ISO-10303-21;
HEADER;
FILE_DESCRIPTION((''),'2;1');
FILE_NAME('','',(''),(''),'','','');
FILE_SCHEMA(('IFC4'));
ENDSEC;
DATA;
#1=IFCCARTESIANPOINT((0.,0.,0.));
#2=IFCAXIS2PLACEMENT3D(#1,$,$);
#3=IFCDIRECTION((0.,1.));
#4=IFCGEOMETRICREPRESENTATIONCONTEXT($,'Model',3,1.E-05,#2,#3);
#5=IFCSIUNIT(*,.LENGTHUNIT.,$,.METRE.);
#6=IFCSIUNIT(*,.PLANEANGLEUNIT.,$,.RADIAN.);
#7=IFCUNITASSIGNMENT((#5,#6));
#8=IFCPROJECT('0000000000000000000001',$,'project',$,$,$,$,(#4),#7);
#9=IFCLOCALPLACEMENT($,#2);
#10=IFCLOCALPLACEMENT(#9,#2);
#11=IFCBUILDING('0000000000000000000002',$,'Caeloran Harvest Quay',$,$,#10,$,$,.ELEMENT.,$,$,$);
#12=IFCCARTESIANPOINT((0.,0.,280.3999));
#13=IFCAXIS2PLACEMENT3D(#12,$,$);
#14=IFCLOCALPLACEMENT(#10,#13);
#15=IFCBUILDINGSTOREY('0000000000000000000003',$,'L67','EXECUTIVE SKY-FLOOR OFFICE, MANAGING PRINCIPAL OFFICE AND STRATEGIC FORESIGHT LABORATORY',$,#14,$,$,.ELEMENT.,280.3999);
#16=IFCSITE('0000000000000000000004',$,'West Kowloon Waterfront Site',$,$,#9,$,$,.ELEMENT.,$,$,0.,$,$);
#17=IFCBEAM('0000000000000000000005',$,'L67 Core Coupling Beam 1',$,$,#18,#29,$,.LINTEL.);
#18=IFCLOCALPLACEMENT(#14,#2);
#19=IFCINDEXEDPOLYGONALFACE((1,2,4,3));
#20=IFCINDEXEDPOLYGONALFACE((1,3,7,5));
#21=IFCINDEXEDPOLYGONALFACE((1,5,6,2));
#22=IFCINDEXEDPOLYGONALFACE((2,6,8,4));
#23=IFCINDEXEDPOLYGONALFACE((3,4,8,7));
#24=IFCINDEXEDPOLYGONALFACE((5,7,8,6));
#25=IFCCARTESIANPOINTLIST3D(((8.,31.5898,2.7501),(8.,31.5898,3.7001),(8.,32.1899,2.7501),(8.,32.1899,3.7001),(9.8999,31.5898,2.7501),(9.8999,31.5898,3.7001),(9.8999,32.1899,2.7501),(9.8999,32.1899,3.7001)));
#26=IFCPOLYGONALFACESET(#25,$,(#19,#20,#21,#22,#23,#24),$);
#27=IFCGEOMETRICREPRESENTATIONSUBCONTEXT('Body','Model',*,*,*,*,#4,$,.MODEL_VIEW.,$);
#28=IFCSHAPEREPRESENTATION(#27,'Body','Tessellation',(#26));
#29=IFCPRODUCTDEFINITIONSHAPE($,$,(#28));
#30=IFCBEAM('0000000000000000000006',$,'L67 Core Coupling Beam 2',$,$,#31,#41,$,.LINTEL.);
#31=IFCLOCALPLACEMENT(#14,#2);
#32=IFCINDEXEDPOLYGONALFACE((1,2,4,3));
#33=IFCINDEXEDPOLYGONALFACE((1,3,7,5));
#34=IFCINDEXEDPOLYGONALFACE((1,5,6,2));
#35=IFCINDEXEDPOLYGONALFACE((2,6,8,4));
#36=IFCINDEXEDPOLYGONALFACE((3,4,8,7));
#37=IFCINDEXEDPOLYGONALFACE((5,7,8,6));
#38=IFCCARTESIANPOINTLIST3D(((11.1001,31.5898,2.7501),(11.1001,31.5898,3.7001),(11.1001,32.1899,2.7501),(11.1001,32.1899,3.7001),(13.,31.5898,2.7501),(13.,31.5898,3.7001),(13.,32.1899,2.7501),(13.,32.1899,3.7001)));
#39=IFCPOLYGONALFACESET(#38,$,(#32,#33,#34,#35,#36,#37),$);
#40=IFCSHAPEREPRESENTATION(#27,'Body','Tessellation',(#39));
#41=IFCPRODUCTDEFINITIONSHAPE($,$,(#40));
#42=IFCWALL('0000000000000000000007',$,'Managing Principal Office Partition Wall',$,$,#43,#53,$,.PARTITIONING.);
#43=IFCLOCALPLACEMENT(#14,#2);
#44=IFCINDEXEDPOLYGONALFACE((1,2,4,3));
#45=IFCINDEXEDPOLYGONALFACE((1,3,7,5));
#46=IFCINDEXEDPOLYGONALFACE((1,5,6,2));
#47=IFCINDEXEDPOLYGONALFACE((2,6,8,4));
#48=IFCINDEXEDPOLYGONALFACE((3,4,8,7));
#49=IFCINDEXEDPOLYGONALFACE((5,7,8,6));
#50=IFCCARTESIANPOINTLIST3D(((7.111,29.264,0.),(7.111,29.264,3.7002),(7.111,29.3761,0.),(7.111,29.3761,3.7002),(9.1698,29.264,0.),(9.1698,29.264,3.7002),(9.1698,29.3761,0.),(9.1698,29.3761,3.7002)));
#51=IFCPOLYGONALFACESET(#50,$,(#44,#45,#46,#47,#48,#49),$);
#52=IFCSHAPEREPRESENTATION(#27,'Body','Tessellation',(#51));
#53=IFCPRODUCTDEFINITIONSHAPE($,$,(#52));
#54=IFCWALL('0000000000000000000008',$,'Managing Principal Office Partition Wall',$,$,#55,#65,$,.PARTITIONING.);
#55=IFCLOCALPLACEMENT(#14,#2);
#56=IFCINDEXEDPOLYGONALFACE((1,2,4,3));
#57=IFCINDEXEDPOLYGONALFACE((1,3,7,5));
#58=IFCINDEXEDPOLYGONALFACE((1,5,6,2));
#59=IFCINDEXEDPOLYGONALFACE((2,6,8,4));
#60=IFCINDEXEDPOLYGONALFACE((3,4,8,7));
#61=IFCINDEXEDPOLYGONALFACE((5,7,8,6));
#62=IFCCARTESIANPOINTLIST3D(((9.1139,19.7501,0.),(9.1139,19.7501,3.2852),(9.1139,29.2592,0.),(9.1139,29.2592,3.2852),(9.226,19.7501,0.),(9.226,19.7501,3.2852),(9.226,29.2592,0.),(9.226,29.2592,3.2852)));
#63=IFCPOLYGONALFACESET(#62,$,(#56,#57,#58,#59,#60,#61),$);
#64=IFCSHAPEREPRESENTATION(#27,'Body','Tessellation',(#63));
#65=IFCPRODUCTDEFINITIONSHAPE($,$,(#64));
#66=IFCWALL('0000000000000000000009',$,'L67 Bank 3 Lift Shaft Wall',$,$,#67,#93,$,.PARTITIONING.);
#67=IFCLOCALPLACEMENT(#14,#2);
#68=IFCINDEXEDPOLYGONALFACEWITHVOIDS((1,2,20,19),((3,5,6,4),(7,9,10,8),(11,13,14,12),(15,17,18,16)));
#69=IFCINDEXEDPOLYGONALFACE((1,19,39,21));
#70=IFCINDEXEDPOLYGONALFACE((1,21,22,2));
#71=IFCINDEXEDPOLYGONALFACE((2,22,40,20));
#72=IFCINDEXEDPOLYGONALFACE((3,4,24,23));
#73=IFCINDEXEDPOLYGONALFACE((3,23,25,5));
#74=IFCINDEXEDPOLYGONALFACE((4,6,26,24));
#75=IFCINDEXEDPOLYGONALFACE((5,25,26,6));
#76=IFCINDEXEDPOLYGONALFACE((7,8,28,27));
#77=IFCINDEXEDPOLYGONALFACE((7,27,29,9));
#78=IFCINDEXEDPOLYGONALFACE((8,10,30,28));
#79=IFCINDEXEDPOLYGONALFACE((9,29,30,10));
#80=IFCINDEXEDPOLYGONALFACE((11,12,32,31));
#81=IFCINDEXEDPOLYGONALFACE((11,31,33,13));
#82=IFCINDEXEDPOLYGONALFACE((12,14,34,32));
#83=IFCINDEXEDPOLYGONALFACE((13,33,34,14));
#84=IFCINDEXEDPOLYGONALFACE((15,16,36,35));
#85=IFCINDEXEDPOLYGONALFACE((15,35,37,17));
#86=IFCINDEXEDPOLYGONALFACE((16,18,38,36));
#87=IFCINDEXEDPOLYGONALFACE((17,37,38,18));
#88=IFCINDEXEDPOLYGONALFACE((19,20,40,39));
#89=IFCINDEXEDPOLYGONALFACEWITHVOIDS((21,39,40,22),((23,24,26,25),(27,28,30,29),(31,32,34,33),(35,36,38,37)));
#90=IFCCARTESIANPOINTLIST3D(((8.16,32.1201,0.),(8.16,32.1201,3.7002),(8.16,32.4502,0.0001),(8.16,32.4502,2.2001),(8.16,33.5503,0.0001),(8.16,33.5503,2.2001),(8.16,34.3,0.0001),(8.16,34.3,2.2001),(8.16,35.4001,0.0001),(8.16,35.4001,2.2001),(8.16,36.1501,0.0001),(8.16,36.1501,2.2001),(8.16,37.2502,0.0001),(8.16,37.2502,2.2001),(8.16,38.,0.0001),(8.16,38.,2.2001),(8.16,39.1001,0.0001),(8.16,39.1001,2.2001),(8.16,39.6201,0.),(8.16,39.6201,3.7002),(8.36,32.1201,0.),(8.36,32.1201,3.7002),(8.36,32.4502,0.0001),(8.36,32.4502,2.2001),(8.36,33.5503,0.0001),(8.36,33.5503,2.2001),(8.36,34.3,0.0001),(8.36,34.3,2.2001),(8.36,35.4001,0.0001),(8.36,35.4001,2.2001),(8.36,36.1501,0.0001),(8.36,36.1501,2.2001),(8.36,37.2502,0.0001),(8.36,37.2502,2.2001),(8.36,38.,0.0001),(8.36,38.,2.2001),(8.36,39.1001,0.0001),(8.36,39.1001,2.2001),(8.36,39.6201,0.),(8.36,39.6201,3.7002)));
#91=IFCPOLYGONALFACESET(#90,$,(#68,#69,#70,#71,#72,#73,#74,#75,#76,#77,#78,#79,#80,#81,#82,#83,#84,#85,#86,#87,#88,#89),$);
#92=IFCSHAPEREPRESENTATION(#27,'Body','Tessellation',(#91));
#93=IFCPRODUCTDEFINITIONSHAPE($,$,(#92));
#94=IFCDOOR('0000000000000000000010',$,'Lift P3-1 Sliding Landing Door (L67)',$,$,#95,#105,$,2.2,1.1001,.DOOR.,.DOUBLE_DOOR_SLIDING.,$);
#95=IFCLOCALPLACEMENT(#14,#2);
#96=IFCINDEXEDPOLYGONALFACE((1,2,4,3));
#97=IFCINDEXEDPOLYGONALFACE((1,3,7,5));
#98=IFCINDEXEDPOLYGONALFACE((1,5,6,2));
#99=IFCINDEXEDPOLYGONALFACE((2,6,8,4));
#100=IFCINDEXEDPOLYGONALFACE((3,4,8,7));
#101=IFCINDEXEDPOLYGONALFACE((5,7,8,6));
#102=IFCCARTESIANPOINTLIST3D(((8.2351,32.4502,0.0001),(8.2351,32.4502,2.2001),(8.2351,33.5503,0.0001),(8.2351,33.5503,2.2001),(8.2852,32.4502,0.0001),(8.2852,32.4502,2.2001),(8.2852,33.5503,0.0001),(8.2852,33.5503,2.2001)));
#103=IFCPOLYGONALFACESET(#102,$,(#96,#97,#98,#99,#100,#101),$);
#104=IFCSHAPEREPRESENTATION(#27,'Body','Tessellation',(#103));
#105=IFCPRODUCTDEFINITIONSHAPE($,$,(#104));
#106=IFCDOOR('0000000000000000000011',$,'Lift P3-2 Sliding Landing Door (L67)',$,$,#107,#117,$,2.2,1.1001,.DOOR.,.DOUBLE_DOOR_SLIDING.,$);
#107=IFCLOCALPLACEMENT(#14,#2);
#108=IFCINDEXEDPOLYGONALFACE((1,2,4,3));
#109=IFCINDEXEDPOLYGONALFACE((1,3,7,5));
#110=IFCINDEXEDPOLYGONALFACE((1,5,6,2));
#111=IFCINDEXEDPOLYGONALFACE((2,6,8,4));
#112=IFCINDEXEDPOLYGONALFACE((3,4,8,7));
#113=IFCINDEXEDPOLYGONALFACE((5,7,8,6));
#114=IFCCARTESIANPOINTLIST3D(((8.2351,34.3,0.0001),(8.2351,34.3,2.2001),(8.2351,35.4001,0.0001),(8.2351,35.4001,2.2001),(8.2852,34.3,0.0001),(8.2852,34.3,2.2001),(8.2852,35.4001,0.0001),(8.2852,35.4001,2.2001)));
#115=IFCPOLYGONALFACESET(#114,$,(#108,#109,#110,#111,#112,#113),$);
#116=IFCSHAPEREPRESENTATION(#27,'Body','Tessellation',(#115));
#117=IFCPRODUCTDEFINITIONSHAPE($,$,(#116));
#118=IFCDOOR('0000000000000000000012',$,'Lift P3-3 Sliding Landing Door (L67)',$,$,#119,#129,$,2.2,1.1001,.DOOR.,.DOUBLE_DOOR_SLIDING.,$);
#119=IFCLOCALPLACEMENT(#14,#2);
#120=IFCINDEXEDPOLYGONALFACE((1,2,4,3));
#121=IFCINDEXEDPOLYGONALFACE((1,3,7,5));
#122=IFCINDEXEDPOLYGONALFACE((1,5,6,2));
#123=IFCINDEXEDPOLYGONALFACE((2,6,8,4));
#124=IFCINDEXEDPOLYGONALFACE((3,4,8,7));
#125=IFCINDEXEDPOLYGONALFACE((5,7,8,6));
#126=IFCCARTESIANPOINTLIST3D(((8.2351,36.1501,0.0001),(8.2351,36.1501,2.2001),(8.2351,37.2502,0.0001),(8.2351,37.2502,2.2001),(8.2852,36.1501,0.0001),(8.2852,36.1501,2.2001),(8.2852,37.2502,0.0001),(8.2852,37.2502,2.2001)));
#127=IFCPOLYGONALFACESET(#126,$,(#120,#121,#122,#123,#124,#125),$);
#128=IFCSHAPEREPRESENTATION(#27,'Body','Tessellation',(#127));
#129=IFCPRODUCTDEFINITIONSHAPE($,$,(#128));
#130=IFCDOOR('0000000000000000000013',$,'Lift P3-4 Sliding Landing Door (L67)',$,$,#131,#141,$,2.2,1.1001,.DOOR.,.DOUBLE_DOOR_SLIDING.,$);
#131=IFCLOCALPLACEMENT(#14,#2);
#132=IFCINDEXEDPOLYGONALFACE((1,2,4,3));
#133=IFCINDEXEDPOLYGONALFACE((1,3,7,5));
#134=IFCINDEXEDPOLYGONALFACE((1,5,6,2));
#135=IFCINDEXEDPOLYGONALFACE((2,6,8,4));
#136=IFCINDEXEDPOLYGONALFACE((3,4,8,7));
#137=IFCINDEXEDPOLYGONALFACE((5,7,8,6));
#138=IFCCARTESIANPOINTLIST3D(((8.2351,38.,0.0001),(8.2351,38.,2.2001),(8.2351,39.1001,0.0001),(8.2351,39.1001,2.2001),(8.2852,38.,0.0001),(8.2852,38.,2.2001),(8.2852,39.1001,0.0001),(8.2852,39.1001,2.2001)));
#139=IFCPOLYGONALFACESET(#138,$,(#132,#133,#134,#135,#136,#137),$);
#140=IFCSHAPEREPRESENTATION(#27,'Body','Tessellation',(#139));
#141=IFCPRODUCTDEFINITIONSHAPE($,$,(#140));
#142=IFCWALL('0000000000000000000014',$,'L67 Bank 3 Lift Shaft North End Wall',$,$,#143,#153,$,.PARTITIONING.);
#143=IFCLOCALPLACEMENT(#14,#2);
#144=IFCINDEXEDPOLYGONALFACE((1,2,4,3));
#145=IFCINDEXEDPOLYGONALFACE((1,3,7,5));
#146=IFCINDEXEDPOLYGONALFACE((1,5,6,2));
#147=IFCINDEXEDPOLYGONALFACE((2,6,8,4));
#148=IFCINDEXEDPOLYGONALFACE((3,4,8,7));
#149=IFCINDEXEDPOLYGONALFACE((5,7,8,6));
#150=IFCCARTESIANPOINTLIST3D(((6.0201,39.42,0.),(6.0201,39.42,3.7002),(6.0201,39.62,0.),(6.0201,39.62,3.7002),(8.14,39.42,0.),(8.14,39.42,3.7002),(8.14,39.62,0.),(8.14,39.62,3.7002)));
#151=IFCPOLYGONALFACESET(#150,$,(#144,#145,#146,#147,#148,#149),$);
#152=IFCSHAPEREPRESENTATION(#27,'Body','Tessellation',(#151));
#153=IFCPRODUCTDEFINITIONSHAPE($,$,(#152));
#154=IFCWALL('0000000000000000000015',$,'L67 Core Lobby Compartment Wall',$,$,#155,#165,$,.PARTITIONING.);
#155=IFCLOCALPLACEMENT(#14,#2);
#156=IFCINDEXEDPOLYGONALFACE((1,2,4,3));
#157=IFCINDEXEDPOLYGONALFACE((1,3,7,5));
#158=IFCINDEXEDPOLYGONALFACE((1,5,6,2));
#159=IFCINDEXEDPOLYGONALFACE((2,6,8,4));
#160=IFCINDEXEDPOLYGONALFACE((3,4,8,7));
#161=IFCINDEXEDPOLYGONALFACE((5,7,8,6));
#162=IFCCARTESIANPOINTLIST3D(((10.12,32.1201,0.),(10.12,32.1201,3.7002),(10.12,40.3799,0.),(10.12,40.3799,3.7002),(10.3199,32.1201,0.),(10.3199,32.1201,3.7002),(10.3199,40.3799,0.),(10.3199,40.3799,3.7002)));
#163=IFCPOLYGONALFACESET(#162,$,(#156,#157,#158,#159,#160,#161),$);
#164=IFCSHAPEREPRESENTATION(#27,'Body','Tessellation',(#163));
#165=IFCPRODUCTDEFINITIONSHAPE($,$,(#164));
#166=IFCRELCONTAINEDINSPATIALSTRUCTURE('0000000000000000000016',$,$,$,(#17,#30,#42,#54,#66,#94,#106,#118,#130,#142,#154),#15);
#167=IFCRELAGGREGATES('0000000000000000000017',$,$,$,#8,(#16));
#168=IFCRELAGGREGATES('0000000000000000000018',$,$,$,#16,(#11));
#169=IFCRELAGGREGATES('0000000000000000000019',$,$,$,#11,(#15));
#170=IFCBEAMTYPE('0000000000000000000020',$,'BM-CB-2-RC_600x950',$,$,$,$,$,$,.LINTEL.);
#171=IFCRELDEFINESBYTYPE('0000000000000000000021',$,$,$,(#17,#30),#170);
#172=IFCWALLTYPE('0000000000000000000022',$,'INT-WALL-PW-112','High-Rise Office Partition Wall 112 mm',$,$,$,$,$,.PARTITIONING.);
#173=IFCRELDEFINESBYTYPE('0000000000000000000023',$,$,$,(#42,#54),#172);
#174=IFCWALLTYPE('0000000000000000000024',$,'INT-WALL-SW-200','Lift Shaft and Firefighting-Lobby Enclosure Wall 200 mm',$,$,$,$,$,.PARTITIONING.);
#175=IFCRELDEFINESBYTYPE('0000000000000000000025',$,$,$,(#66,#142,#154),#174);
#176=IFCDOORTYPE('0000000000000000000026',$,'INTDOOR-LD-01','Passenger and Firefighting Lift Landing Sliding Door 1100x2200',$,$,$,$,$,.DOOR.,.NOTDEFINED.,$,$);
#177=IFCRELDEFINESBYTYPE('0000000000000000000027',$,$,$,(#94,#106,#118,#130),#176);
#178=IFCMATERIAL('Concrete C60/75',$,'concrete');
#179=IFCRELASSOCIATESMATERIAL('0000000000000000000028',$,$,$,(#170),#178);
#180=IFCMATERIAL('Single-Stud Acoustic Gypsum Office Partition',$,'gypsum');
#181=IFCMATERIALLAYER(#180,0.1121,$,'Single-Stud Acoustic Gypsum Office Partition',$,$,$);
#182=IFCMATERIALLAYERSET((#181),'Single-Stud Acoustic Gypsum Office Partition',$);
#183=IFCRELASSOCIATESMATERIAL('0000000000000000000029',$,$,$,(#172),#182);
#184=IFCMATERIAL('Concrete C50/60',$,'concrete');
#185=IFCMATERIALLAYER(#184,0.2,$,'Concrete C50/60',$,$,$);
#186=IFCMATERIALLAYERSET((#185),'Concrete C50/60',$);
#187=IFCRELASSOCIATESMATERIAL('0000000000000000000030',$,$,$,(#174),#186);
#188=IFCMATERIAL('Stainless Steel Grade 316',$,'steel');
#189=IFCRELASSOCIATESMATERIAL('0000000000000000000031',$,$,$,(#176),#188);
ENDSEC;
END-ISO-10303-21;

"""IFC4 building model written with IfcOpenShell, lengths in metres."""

from ifc_helpers import new_model, si_unit, direction, frame, frame_2d, origin, origin_2d, place, context, subcontext, project, spatial, rectangle, extrude, material, layer, layer_set, material_profile, profile_set, type_object, element, fill, save


model = new_model("IFC4")

# Units and contexts
model_context = context("Model", 3, precision=1e-05, world=origin(), true_north=direction((0.0, 1.0)))
body_context = subcontext(model_context, "Body", "Model", "MODEL_VIEW")
ifc_project = project(units=[si_unit("LENGTHUNIT", "METRE"), si_unit("PLANEANGLEUNIT", "RADIAN")], contexts=[model_context])

# Site, building, storey
site_placement = place(None, origin())
site = spatial("IfcSite", under=ifc_project, at=site_placement, Name="West Kowloon Waterfront Site", CompositionType="ELEMENT", RefElevation=0.0)
building_placement = place(site_placement, origin())
building = spatial("IfcBuilding", under=site, at=building_placement, Name="Caeloran Harvest Quay", CompositionType="ELEMENT")
storey_placement = place(building_placement, frame((0.0, 0.0, 280.3999)))
storey = spatial("IfcBuildingStorey", under=building, at=storey_placement, Name="L67", Description="EXECUTIVE SKY-FLOOR OFFICE, MANAGING PRINCIPAL OFFICE AND STRATEGIC FORESIGHT LABORATORY", CompositionType="ELEMENT", Elevation=280.3999)

# Beams
ifc_material_1 = material(Name="Concrete C60/75", Category="concrete")
ifc_material_profile = material_profile(ifc_material_1, rectangle(XDim=0.6001, YDim=0.95, at=origin_2d()), Name="RC 600x950")
ifc_profile_set = profile_set([ifc_material_profile], Name="Concrete C60/75")
beam_type = type_object("IfcBeamType", Name="BM-CB-2-RC_600x950", PredefinedType="LINTEL", material=ifc_profile_set)
for number, where, z_axis, x_axis, name in (
    (1, (8.0, 31.8899, 3.2251), (1.0, 0.0, 0.0), (0.0, 1.0, 0.0), "L67 Core Coupling Beam 1"),
    (2, (11.1001, 31.8899, 3.2251), (1.0, 0.0, 0.0), (0.0, 1.0, 0.0), "L67 Core Coupling Beam 2"),
):
    element("IfcBeam", number, at=place(storey_placement, frame(where, z_axis=z_axis, x_axis=x_axis)), inside=storey, type_object=beam_type, Name=name, PredefinedType="LINTEL", context=body_context, shape_type="SweptSolid", body=[
        extrude(rectangle(XDim=0.6001, YDim=0.95, at=origin_2d()), origin(), (0.0, 0.0, 1.0), 1.8999),
    ])

# Walls
ifc_material_2 = material(Name="Single-Stud Acoustic Gypsum Office Partition", Category="gypsum")
ifc_layer_1 = layer(ifc_material_2, 0.1121, Name="Single-Stud Acoustic Gypsum Office Partition")
ifc_layer_set_1 = layer_set([ifc_layer_1], Name="Single-Stud Acoustic Gypsum Office Partition")
wall_type_1 = type_object("IfcWallType", Name="INT-WALL-PW-112", Description="High-Rise Office Partition Wall 112 mm", PredefinedType="PARTITIONING", material=ifc_layer_set_1)
wall_1_placement = place(storey_placement, frame((7.1111, 29.3201, 0.0), z_axis=(0.0, 0.0, 1.0), x_axis=(1.0, 0.0, 0.0)))
element("IfcWall", 3, at=wall_1_placement, inside=storey, type_object=wall_type_1, Name="Managing Principal Office Partition Wall", PredefinedType="PARTITIONING", context=body_context, shape_type="SweptSolid", body=[
    extrude(rectangle(XDim=2.0588, YDim=0.1121, at=frame_2d((1.0293, 0.0))), origin(), (0.0, 0.0, 1.0), 3.7002),
])
wall_2_placement = place(storey_placement, frame((9.1699, 29.259, 0.0), z_axis=(0.0, 0.0, 1.0), x_axis=(0.0, -1.0, 0.0)))
element("IfcWall", 4, at=wall_2_placement, inside=storey, type_object=wall_type_1, Name="Managing Principal Office Partition Wall", PredefinedType="PARTITIONING", context=body_context, shape_type="SweptSolid", body=[
    extrude(rectangle(XDim=9.509, YDim=0.1121, at=frame_2d((4.7544, 0.0))), origin(), (0.0, 0.0, 1.0), 3.2852),
])

# Wall, openings, doors
ifc_material_3 = material(Name="Concrete C50/60", Category="concrete")
ifc_layer_2 = layer(ifc_material_3, 0.2, Name="Concrete C50/60")
ifc_layer_set_2 = layer_set([ifc_layer_2], Name="Concrete C50/60")
wall_type_2 = type_object("IfcWallType", Name="INT-WALL-SW-200", Description="Lift Shaft and Firefighting-Lobby Enclosure Wall 200 mm", PredefinedType="PARTITIONING", material=ifc_layer_set_2)
wall_3_placement = place(storey_placement, frame((8.26, 32.1201, 0.0), z_axis=(0.0, 0.0, 1.0), x_axis=(0.0, 1.0, 0.0)))
wall_3 = element("IfcWall", 5, at=wall_3_placement, inside=storey, type_object=wall_type_2, Name="L67 Bank 3 Lift Shaft Wall", PredefinedType="PARTITIONING", context=body_context, shape_type="SweptSolid", body=[
    extrude(rectangle(XDim=7.5, YDim=0.2, at=frame_2d((3.75, 0.0))), origin(), (0.0, 0.0, 1.0), 3.7002),
])
opening_1_placement = place(wall_3_placement, frame((0.3301, 0.0, 0.0)))
opening_1 = element("IfcOpeningElement", 6, at=opening_1_placement, cuts=wall_3, PredefinedType="OPENING", context=body_context, shape_type="SweptSolid", body=[
    extrude(rectangle(XDim=1.1001, YDim=2.2, at=frame_2d((0.55, 1.1001))), frame((0.0, 0.1099, 0.0), z_axis=(0.0, -1.0, 0.0), x_axis=(1.0, 0.0, 0.0)), (0.0, 0.0, 1.0), 0.22),
])
opening_2_placement = place(wall_3_placement, frame((2.1799, 0.0, 0.0)))
opening_2 = element("IfcOpeningElement", 7, at=opening_2_placement, cuts=wall_3, PredefinedType="OPENING", context=body_context, shape_type="SweptSolid", body=[
    extrude(rectangle(XDim=1.1001, YDim=2.2, at=frame_2d((0.55, 1.1001))), frame((0.0, 0.1099, 0.0), z_axis=(0.0, -1.0, 0.0), x_axis=(1.0, 0.0, 0.0)), (0.0, 0.0, 1.0), 0.22),
])
opening_3_placement = place(wall_3_placement, frame((4.03, 0.0, 0.0)))
opening_3 = element("IfcOpeningElement", 8, at=opening_3_placement, cuts=wall_3, PredefinedType="OPENING", context=body_context, shape_type="SweptSolid", body=[
    extrude(rectangle(XDim=1.1001, YDim=2.2, at=frame_2d((0.55, 1.1001))), frame((0.0, 0.1099, 0.0), z_axis=(0.0, -1.0, 0.0), x_axis=(1.0, 0.0, 0.0)), (0.0, 0.0, 1.0), 0.22),
])
opening_4_placement = place(wall_3_placement, frame((5.8799, 0.0, 0.0)))
opening_4 = element("IfcOpeningElement", 9, at=opening_4_placement, cuts=wall_3, PredefinedType="OPENING", context=body_context, shape_type="SweptSolid", body=[
    extrude(rectangle(XDim=1.1001, YDim=2.2, at=frame_2d((0.55, 1.1001))), frame((0.0, 0.1099, 0.0), z_axis=(0.0, -1.0, 0.0), x_axis=(1.0, 0.0, 0.0)), (0.0, 0.0, 1.0), 0.22),
])
ifc_material_4 = material(Name="Stainless Steel Grade 316", Category="steel")
door_type_1 = type_object("IfcDoorType", Name="INTDOOR-LD-01", Description="Passenger and Firefighting Lift Landing Sliding Door 1100x2200", OperationType="NOTDEFINED", PredefinedType="DOOR", material=ifc_material_4)
door_1_placement = place(opening_1_placement, origin())
door_1 = element("IfcDoor", 10, at=door_1_placement, inside=storey, type_object=door_type_1, Name="Lift P3-1 Sliding Landing Door (L67)", OperationType="DOUBLE_DOOR_SLIDING", OverallHeight=2.2, OverallWidth=1.1001, PredefinedType="DOOR", context=body_context, shape_type="SweptSolid", body=[
    extrude(rectangle(XDim=1.1001, YDim=2.2, at=frame_2d((0.55, 1.1001))), frame((0.0, 0.0249, 0.0), z_axis=(0.0, -1.0, 0.0), x_axis=(1.0, 0.0, 0.0)), (0.0, 0.0, 1.0), 0.05),
])
fill(opening_1, door_1)
door_2_placement = place(opening_2_placement, origin())
door_2 = element("IfcDoor", 11, at=door_2_placement, inside=storey, type_object=door_type_1, Name="Lift P3-2 Sliding Landing Door (L67)", OperationType="DOUBLE_DOOR_SLIDING", OverallHeight=2.2, OverallWidth=1.1001, PredefinedType="DOOR", context=body_context, shape_type="SweptSolid", body=[
    extrude(rectangle(XDim=1.1001, YDim=2.2, at=frame_2d((0.55, 1.1001))), frame((0.0, 0.0249, 0.0), z_axis=(0.0, -1.0, 0.0), x_axis=(1.0, 0.0, 0.0)), (0.0, 0.0, 1.0), 0.05),
])
fill(opening_2, door_2)
door_3_placement = place(opening_3_placement, origin())
door_3 = element("IfcDoor", 12, at=door_3_placement, inside=storey, type_object=door_type_1, Name="Lift P3-3 Sliding Landing Door (L67)", OperationType="DOUBLE_DOOR_SLIDING", OverallHeight=2.2, OverallWidth=1.1001, PredefinedType="DOOR", context=body_context, shape_type="SweptSolid", body=[
    extrude(rectangle(XDim=1.1001, YDim=2.2, at=frame_2d((0.55, 1.1001))), frame((0.0, 0.0249, 0.0), z_axis=(0.0, -1.0, 0.0), x_axis=(1.0, 0.0, 0.0)), (0.0, 0.0, 1.0), 0.05),
])
fill(opening_3, door_3)
door_4_placement = place(opening_4_placement, origin())
door_4 = element("IfcDoor", 13, at=door_4_placement, inside=storey, type_object=door_type_1, Name="Lift P3-4 Sliding Landing Door (L67)", OperationType="DOUBLE_DOOR_SLIDING", OverallHeight=2.2, OverallWidth=1.1001, PredefinedType="DOOR", context=body_context, shape_type="SweptSolid", body=[
    extrude(rectangle(XDim=1.1001, YDim=2.2, at=frame_2d((0.55, 1.1001))), frame((0.0, 0.0249, 0.0), z_axis=(0.0, -1.0, 0.0), x_axis=(1.0, 0.0, 0.0)), (0.0, 0.0, 1.0), 0.05),
])
fill(opening_4, door_4)

# Walls
wall_4_placement = place(storey_placement, frame((6.02, 39.52, 0.0), z_axis=(0.0, 0.0, 1.0), x_axis=(1.0, 0.0, 0.0)))
element("IfcWall", 14, at=wall_4_placement, inside=storey, type_object=wall_type_2, Name="L67 Bank 3 Lift Shaft North End Wall", PredefinedType="PARTITIONING", context=body_context, shape_type="SweptSolid", body=[
    extrude(rectangle(XDim=2.1199, YDim=0.2, at=frame_2d((1.0601, 0.0))), origin(), (0.0, 0.0, 1.0), 3.7002),
])
wall_5_placement = place(storey_placement, frame((10.22, 32.1201, 0.0), z_axis=(0.0, 0.0, 1.0), x_axis=(0.0, 1.0, 0.0)))
element("IfcWall", 15, at=wall_5_placement, inside=storey, type_object=wall_type_2, Name="L67 Core Lobby Compartment Wall", PredefinedType="PARTITIONING", context=body_context, shape_type="SweptSolid", body=[
    extrude(rectangle(XDim=8.2598, YDim=0.2, at=frame_2d((4.1299, 0.0))), origin(), (0.0, 0.0, 1.0), 3.7002),
])

save(model, "model.ifc")
